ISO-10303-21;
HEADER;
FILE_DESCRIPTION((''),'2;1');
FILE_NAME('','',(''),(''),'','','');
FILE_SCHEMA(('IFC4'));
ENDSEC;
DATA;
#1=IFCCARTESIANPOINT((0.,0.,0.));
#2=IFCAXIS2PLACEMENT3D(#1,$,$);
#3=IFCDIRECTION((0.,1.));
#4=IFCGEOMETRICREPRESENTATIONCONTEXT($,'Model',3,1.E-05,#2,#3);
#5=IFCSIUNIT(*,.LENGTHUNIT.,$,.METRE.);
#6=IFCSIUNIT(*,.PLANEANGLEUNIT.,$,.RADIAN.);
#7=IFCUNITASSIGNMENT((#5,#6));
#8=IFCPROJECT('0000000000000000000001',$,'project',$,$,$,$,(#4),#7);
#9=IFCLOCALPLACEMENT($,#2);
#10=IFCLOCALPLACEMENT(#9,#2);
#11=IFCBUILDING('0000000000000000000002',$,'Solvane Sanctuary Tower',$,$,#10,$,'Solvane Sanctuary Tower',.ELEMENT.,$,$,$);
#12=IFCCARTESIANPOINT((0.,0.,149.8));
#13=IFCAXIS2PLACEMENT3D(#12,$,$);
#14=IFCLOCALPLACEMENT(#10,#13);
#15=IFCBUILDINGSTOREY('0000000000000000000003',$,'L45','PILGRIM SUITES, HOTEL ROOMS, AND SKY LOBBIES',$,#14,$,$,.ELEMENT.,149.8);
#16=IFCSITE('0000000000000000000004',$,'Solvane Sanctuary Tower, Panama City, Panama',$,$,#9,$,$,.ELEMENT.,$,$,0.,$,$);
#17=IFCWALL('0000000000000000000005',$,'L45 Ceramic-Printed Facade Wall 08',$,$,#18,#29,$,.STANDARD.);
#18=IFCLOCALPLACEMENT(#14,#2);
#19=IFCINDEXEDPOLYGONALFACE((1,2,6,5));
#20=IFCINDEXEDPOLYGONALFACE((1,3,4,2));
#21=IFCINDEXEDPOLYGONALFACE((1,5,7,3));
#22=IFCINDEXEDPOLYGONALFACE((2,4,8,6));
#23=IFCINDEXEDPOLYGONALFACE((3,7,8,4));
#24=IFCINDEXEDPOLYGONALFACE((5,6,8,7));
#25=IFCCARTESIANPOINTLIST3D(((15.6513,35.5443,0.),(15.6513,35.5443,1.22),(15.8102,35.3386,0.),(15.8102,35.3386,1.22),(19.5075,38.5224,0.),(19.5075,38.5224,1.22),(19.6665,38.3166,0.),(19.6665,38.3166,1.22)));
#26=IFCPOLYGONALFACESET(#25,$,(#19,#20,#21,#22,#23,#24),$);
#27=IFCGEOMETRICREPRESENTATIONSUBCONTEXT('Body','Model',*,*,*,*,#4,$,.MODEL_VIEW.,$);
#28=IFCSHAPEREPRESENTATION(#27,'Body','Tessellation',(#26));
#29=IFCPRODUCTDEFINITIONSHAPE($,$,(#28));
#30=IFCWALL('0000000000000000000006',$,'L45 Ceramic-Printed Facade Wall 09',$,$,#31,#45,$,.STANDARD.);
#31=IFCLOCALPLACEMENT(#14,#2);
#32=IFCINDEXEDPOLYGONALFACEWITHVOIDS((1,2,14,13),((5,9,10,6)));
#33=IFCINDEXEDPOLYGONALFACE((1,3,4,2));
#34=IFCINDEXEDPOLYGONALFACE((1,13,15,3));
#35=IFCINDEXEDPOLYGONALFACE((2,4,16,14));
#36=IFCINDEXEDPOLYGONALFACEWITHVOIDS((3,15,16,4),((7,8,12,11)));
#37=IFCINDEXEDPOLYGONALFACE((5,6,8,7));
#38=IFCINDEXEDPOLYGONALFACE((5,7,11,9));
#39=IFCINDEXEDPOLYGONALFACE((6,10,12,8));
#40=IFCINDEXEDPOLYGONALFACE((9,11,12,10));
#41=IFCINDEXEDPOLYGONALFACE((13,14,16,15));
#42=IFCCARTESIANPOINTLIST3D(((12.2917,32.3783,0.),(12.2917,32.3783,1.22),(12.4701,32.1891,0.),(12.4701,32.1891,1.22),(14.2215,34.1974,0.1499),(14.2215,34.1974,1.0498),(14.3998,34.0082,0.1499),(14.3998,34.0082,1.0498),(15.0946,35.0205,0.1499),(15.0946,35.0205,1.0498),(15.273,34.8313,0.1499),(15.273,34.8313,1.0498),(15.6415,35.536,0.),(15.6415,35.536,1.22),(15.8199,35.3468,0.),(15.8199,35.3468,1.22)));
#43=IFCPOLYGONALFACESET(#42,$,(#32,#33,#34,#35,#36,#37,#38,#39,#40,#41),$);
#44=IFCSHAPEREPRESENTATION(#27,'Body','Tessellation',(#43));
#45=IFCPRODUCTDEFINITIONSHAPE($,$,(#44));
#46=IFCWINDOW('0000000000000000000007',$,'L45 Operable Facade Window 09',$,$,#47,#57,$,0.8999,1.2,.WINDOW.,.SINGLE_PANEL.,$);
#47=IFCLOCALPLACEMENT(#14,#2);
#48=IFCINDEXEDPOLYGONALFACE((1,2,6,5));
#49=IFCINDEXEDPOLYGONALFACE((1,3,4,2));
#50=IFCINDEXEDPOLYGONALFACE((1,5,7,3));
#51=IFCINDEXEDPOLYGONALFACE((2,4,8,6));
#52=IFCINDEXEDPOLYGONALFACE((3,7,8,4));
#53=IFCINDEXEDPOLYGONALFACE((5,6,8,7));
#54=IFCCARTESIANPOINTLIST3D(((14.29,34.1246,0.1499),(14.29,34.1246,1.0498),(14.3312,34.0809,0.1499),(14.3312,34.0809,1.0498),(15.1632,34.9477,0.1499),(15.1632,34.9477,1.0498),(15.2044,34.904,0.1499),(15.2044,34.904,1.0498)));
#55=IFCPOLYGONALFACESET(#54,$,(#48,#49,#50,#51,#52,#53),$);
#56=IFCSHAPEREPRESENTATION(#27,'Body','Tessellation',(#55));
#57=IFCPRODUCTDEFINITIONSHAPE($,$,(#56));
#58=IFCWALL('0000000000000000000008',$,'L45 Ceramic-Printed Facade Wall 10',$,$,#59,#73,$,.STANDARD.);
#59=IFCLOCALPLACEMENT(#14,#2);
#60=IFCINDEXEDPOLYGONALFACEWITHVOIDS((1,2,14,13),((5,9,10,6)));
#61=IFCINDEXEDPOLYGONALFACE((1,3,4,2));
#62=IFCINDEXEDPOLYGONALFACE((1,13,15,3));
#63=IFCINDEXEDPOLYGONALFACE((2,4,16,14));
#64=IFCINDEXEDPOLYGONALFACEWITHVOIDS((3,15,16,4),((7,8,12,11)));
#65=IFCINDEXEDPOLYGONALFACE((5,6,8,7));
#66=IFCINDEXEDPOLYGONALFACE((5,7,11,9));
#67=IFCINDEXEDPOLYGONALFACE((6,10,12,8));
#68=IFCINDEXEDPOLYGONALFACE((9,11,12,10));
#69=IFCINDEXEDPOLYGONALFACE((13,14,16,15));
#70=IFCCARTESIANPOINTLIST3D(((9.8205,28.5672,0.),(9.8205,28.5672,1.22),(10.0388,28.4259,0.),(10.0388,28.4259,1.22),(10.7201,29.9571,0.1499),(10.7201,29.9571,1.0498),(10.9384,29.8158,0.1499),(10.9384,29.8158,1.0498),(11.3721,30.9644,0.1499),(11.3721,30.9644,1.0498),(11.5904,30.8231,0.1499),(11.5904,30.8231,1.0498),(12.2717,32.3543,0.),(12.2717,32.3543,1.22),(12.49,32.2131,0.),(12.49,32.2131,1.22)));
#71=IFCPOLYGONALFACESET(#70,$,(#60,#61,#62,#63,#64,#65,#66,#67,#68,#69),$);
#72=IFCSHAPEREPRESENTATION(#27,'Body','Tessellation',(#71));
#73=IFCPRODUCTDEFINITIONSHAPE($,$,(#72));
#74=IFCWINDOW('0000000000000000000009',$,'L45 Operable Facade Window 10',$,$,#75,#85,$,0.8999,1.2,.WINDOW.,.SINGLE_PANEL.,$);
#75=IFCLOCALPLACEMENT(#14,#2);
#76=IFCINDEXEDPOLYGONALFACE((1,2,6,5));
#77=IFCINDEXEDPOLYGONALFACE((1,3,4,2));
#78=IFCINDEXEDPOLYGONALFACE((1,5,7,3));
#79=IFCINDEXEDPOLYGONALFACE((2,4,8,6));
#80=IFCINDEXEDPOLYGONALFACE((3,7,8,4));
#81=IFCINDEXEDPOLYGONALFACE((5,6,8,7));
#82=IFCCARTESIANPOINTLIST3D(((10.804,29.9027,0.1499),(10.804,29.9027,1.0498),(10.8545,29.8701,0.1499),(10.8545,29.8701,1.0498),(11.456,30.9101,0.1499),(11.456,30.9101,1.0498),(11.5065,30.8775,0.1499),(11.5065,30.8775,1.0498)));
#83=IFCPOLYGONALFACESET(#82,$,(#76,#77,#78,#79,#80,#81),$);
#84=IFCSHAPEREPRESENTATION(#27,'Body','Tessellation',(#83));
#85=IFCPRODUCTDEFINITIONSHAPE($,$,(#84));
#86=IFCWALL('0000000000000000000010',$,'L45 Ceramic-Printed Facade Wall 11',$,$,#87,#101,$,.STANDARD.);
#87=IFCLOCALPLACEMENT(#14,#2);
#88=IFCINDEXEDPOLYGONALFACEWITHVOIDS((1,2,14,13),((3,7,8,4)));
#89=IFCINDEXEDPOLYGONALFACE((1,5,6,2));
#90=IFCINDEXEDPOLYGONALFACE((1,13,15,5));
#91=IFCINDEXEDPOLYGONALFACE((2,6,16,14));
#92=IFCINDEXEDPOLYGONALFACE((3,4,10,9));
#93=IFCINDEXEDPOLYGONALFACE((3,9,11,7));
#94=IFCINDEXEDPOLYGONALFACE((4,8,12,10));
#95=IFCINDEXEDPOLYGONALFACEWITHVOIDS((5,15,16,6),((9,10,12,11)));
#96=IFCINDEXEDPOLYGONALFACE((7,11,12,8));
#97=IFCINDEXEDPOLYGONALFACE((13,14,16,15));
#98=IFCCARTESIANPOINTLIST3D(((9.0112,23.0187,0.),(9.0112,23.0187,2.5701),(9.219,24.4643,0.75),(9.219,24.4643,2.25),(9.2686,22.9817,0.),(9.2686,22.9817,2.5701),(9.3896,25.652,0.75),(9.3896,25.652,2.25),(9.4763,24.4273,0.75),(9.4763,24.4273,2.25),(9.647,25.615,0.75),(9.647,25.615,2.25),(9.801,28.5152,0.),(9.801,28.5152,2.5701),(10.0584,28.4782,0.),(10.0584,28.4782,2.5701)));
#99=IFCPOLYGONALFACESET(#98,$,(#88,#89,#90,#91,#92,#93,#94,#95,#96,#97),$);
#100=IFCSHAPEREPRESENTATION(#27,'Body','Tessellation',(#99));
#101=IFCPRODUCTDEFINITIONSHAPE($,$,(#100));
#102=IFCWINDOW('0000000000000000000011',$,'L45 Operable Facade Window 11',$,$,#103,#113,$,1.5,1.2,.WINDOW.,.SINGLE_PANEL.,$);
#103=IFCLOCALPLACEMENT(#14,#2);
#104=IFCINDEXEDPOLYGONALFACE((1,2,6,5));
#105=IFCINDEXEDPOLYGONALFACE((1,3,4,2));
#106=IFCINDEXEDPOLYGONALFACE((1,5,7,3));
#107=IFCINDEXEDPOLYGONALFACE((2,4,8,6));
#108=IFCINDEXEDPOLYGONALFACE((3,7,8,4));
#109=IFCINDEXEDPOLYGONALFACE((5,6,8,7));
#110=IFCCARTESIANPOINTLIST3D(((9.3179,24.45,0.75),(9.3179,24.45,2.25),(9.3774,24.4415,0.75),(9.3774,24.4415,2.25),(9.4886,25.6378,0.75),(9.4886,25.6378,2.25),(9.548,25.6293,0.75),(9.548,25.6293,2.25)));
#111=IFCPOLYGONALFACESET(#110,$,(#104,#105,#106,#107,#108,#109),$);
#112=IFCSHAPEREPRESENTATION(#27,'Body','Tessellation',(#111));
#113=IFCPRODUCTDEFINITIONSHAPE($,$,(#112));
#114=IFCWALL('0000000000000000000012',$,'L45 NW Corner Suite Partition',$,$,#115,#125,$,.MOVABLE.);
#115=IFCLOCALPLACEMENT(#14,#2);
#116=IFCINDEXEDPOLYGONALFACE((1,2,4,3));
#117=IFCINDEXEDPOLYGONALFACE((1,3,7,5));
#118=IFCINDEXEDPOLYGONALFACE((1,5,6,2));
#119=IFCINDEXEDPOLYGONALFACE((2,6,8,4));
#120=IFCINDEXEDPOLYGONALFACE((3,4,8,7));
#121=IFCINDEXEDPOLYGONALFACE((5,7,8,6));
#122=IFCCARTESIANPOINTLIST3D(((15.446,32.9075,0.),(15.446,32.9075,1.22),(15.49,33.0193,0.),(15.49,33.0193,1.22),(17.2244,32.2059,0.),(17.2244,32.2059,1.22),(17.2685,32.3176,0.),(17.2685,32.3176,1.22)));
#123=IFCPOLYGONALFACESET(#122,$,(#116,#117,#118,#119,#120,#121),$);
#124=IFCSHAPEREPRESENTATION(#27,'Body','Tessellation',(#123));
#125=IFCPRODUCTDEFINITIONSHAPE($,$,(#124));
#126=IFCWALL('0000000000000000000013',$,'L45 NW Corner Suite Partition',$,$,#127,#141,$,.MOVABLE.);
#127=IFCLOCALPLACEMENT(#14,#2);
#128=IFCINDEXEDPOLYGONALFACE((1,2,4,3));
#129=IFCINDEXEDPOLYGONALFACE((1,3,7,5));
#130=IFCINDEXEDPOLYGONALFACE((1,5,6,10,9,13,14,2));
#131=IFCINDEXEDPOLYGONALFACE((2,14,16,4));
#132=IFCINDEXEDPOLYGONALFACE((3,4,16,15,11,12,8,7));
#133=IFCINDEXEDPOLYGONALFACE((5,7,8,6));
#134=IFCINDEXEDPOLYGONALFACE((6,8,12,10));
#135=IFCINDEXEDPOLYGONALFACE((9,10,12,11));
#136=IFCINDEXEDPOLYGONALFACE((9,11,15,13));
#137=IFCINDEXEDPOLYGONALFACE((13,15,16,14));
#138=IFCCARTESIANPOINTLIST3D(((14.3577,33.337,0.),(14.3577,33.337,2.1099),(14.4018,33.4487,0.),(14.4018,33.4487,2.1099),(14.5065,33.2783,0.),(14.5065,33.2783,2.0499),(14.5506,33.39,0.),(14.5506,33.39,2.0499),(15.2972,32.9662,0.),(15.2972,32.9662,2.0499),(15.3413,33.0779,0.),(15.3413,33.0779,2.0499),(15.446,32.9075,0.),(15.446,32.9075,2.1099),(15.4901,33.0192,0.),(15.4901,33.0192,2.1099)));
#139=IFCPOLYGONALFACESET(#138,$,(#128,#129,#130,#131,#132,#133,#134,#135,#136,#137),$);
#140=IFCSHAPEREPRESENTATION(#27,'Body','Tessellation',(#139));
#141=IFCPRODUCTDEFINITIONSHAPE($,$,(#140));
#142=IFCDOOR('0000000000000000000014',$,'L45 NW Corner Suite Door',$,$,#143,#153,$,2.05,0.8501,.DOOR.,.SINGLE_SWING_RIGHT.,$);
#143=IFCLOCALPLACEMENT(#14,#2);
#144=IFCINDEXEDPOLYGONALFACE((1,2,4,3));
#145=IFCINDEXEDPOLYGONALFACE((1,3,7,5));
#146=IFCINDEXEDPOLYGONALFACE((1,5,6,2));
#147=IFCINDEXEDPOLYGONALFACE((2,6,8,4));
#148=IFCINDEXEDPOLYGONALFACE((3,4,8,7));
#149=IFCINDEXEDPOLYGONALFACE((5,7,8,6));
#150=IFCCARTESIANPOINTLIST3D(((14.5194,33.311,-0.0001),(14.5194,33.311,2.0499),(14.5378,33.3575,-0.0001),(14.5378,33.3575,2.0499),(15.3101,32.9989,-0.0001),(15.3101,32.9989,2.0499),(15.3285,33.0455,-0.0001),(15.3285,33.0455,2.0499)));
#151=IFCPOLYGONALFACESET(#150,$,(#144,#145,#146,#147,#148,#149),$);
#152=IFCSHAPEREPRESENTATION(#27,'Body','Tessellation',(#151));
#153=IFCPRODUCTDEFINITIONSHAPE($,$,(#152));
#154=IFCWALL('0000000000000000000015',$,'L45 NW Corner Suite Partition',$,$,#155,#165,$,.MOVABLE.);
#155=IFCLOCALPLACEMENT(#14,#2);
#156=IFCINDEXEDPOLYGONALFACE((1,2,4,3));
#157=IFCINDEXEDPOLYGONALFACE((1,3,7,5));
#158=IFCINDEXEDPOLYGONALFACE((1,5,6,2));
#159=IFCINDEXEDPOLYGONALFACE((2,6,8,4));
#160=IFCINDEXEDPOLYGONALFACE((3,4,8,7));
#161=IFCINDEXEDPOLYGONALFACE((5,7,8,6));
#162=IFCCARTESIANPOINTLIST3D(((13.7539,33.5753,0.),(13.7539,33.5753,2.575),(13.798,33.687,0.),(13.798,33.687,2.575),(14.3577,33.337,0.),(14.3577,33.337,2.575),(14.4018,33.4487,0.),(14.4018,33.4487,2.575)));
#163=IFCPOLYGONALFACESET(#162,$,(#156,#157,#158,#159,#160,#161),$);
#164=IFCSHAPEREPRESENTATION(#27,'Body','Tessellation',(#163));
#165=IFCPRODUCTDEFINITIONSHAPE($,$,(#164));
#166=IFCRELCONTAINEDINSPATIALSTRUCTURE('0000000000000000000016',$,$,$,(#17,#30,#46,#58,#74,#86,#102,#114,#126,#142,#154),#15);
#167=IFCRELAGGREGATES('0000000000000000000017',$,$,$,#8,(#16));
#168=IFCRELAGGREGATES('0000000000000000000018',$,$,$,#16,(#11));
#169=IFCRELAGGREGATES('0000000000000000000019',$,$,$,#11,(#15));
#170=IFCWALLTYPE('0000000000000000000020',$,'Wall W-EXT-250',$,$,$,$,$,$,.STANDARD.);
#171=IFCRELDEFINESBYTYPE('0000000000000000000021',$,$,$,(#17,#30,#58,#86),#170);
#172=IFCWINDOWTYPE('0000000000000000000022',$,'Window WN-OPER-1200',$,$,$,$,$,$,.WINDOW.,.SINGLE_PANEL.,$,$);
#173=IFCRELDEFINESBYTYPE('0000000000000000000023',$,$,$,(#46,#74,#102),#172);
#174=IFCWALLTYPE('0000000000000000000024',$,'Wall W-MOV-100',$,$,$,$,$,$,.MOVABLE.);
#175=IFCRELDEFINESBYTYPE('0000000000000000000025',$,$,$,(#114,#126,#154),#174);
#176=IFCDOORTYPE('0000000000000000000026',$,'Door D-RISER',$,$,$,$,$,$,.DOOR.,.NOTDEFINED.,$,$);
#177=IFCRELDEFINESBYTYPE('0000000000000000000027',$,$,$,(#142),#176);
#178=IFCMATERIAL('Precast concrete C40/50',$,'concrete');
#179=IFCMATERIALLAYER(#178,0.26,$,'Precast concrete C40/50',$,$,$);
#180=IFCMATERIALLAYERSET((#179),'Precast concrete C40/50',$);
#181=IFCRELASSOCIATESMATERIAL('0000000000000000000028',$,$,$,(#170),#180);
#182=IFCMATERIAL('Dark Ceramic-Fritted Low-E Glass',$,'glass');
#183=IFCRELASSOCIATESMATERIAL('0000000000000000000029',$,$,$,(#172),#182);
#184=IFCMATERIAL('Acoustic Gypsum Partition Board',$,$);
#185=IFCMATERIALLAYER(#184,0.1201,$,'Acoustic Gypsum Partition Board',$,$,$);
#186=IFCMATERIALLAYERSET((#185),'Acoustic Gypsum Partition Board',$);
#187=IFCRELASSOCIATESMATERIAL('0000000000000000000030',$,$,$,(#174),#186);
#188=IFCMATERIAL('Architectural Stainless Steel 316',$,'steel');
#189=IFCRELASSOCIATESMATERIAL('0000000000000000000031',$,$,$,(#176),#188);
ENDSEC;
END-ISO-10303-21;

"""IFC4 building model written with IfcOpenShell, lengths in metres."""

from ifc_helpers import new_model, si_unit, direction, frame, frame_2d, origin, place, context, subcontext, project, spatial, rectangle, extrude, material, layer, layer_set, type_object, element, fill, save


model = new_model("IFC4")

# Units and contexts
model_context = context("Model", 3, precision=1e-05, world=origin(), true_north=direction((0.0, 1.0)))
body_context = subcontext(model_context, "Body", "Model", "MODEL_VIEW")
ifc_project = project(units=[si_unit("LENGTHUNIT", "METRE"), si_unit("PLANEANGLEUNIT", "RADIAN")], contexts=[model_context])

# Site, building, storey
site_placement = place(None, origin())
site = spatial("IfcSite", under=ifc_project, at=site_placement, Name="Solvane Sanctuary Tower, Panama City, Panama", CompositionType="ELEMENT", RefElevation=0.0)
building_placement = place(site_placement, origin())
building = spatial("IfcBuilding", under=site, at=building_placement, Name="Solvane Sanctuary Tower", LongName="Solvane Sanctuary Tower", CompositionType="ELEMENT")
storey_placement = place(building_placement, frame((0.0, 0.0, 149.8)))
storey = spatial("IfcBuildingStorey", under=building, at=storey_placement, Name="L45", Description="PILGRIM SUITES, HOTEL ROOMS, AND SKY LOBBIES", CompositionType="ELEMENT", Elevation=149.8)

# Shared definitions
ifc_material_1 = material(Name="Acoustic Gypsum Partition Board")

# Wall
ifc_material_2 = material(Name="Precast concrete C40/50", Category="concrete")
ifc_layer_1 = layer(ifc_material_2, 0.26, Name="Precast concrete C40/50")
ifc_layer_set_1 = layer_set([ifc_layer_1], Name="Precast concrete C40/50")
wall_type_1 = type_object("IfcWallType", Name="Wall W-EXT-250", PredefinedType="STANDARD", material=ifc_layer_set_1)
wall_1_placement = place(storey_placement, frame((19.5869, 38.4194, 0.0), z_axis=(0.0, 0.0, 1.0), x_axis=(-0.79146, -0.611221, 0.0)))
element("IfcWall", 1, at=wall_1_placement, inside=storey, type_object=wall_type_1, Name="L45 Ceramic-Printed Facade Wall 08", PredefinedType="STANDARD", context=body_context, shape_type="SweptSolid", body=[
    extrude(rectangle(XDim=4.8723, YDim=0.26, at=frame_2d((2.436, 0.0))), origin(), (0.0, 0.0, 1.0), 1.22),
])

# Walls, openings, windows
wall_2_placement = place(storey_placement, frame((15.7307, 35.4414, 0.0), z_axis=(0.0, 0.0, 1.0), x_axis=(-0.727667, -0.68593, 0.0)))
wall_2 = element("IfcWall", 2, at=wall_2_placement, inside=storey, type_object=wall_type_1, Name="L45 Ceramic-Printed Facade Wall 09", PredefinedType="STANDARD", context=body_context, shape_type="SweptSolid", body=[
    extrude(rectangle(XDim=4.6035, YDim=0.26, at=frame_2d((2.3018, 0.0))), origin(), (0.0, 0.0, 1.0), 1.22),
])
opening_1_placement = place(wall_2_placement, frame((0.7515, 0.0, 0.1499)))
opening_1 = element("IfcOpeningElement", 3, at=opening_1_placement, cuts=wall_2, PredefinedType="OPENING", context=body_context, shape_type="SweptSolid", body=[
    extrude(rectangle(XDim=1.2, YDim=0.8999, at=frame_2d((0.6001, 0.45))), frame((0.0, 0.1399, 0.0), z_axis=(0.0, -1.0, 0.0), x_axis=(1.0, 0.0, 0.0)), (0.0, 0.0, 1.0), 0.28),
])
ifc_material_3 = material(Name="Dark Ceramic-Fritted Low-E Glass", Category="glass")
window_type = type_object("IfcWindowType", Name="Window WN-OPER-1200", PartitioningType="SINGLE_PANEL", PredefinedType="WINDOW", material=ifc_material_3)
window_1_placement = place(opening_1_placement, origin())
window_1 = element("IfcWindow", 4, at=window_1_placement, inside=storey, type_object=window_type, Name="L45 Operable Facade Window 09", OverallHeight=0.8999, OverallWidth=1.2, PartitioningType="SINGLE_PANEL", PredefinedType="WINDOW", context=body_context, shape_type="SweptSolid", body=[
    extrude(rectangle(XDim=1.2, YDim=0.8999, at=frame_2d((0.6001, 0.45))), frame((0.0, 0.03, 0.0), z_axis=(0.0, -1.0, 0.0), x_axis=(1.0, 0.0, 0.0)), (0.0, 0.0, 1.0), 0.0601),
])
fill(opening_1, window_1)
wall_3_placement = place(storey_placement, frame((12.3809, 32.2837, 0.0), z_axis=(0.0, 0.0, 1.0), x_axis=(-0.543359, -0.8395, 0.0)))
wall_3 = element("IfcWall", 5, at=wall_3_placement, inside=storey, type_object=wall_type_1, Name="L45 Ceramic-Printed Facade Wall 10", PredefinedType="STANDARD", context=body_context, shape_type="SweptSolid", body=[
    extrude(rectangle(XDim=4.5112, YDim=0.26, at=frame_2d((2.2556, 0.0))), origin(), (0.0, 0.0, 1.0), 1.22),
])
opening_2_placement = place(wall_3_placement, frame((1.6555, 0.0, 0.1499)))
opening_2 = element("IfcOpeningElement", 6, at=opening_2_placement, cuts=wall_3, PredefinedType="OPENING", context=body_context, shape_type="SweptSolid", body=[
    extrude(rectangle(XDim=1.2, YDim=0.8999, at=frame_2d((0.6001, 0.45))), frame((0.0, 0.1399, 0.0), z_axis=(0.0, -1.0, 0.0), x_axis=(1.0, 0.0, 0.0)), (0.0, 0.0, 1.0), 0.28),
])
window_2_placement = place(opening_2_placement, origin())
window_2 = element("IfcWindow", 7, at=window_2_placement, inside=storey, type_object=window_type, Name="L45 Operable Facade Window 10", OverallHeight=0.8999, OverallWidth=1.2, PartitioningType="SINGLE_PANEL", PredefinedType="WINDOW", context=body_context, shape_type="SweptSolid", body=[
    extrude(rectangle(XDim=1.2, YDim=0.8999, at=frame_2d((0.6001, 0.45))), frame((0.0, 0.03, 0.0), z_axis=(0.0, -1.0, 0.0), x_axis=(1.0, 0.0, 0.0)), (0.0, 0.0, 1.0), 0.0601),
])
fill(opening_2, window_2)
wall_4_placement = place(storey_placement, frame((9.9297, 28.4966, 0.0), z_axis=(0.0, 0.0, 1.0), x_axis=(-0.142228, -0.989834, 0.0)))
wall_4 = element("IfcWall", 8, at=wall_4_placement, inside=storey, type_object=wall_type_1, Name="L45 Ceramic-Printed Facade Wall 11", PredefinedType="STANDARD", context=body_context, shape_type="SweptSolid", body=[
    extrude(rectangle(XDim=5.553, YDim=0.26, at=frame_2d((2.7764, 0.0))), origin(), (0.0, 0.0, 1.0), 2.5701),
])
opening_3_placement = place(wall_4_placement, frame((2.8923, 0.0, 0.75)))
opening_3 = element("IfcOpeningElement", 9, at=opening_3_placement, cuts=wall_4, PredefinedType="OPENING", context=body_context, shape_type="SweptSolid", body=[
    extrude(rectangle(XDim=1.2, YDim=1.5, at=frame_2d((0.6001, 0.75))), frame((0.0, 0.1399, 0.0), z_axis=(0.0, -1.0, 0.0), x_axis=(1.0, 0.0, 0.0)), (0.0, 0.0, 1.0), 0.28),
])
window_3_placement = place(opening_3_placement, origin())
window_3 = element("IfcWindow", 10, at=window_3_placement, inside=storey, type_object=window_type, Name="L45 Operable Facade Window 11", OverallHeight=1.5, OverallWidth=1.2, PartitioningType="SINGLE_PANEL", PredefinedType="WINDOW", context=body_context, shape_type="SweptSolid", body=[
    extrude(rectangle(XDim=1.2, YDim=1.5, at=frame_2d((0.6001, 0.75))), frame((0.0, 0.03, 0.0), z_axis=(0.0, -1.0, 0.0), x_axis=(1.0, 0.0, 0.0)), (0.0, 0.0, 1.0), 0.0601),
])
fill(opening_3, window_3)

# Wall
ifc_layer_2 = layer(ifc_material_1, 0.1201, Name="Acoustic Gypsum Partition Board")
ifc_layer_set_2 = layer_set([ifc_layer_2], Name="Acoustic Gypsum Partition Board")
wall_type_2 = type_object("IfcWallType", Name="Wall W-MOV-100", PredefinedType="MOVABLE", material=ifc_layer_set_2)
wall_5_placement = place(storey_placement, frame((17.2466, 32.2617, 0.0), z_axis=(0.0, 0.0, 1.0), x_axis=(-0.930228, 0.366983, 0.0)))
element("IfcWall", 11, at=wall_5_placement, inside=storey, type_object=wall_type_2, Name="L45 NW Corner Suite Partition", PredefinedType="MOVABLE", context=body_context, shape_type="SweptSolid", body=[
    extrude(rectangle(XDim=1.9119, YDim=0.1201, at=frame_2d((0.9561, 0.0))), origin(), (0.0, 0.0, 1.0), 1.22),
])

# Wall, opening, door
wall_6_placement = place(storey_placement, frame((15.468, 32.9634, 0.0), z_axis=(0.0, 0.0, 1.0), x_axis=(-0.93018, 0.367105, 0.0)))
wall_6 = element("IfcWall", 12, at=wall_6_placement, inside=storey, type_object=wall_type_2, Name="L45 NW Corner Suite Partition", PredefinedType="MOVABLE", context=body_context, shape_type="SweptSolid", body=[
    extrude(rectangle(XDim=1.1699, YDim=0.1201, at=frame_2d((0.585, 0.0))), origin(), (0.0, 0.0, 1.0), 2.1099),
])
opening_4_placement = place(wall_6_placement, frame((0.1599, 0.0, 0.0)))
opening_4 = element("IfcOpeningElement", 13, at=opening_4_placement, cuts=wall_6, PredefinedType="OPENING", context=body_context, shape_type="SweptSolid", body=[
    extrude(rectangle(XDim=0.8501, YDim=2.05, at=frame_2d((0.425, 1.0249))), frame((0.0, 0.0701, 0.0), z_axis=(0.0, -1.0, 0.0), x_axis=(1.0, 0.0, 0.0)), (0.0, 0.0, 1.0), 0.1401),
])
ifc_material_4 = material(Name="Architectural Stainless Steel 316", Category="steel")
door_type_1 = type_object("IfcDoorType", Name="Door D-RISER", OperationType="NOTDEFINED", PredefinedType="DOOR", material=ifc_material_4)
door_1_placement = place(opening_4_placement, origin())
door_1 = element("IfcDoor", 14, at=door_1_placement, inside=storey, type_object=door_type_1, Name="L45 NW Corner Suite Door", OperationType="SINGLE_SWING_RIGHT", OverallHeight=2.05, OverallWidth=0.8501, PredefinedType="DOOR", context=body_context, shape_type="SweptSolid", body=[
    extrude(rectangle(XDim=0.8501, YDim=2.05, at=frame_2d((0.425, 1.0249))), frame((0.0, 0.0249, 0.0), z_axis=(0.0, -1.0, 0.0), x_axis=(1.0, 0.0, 0.0)), (0.0, 0.0, 1.0), 0.05),
])
fill(opening_4, door_1)

# Wall
wall_7_placement = place(storey_placement, frame((14.3799, 33.3928, 0.0), z_axis=(0.0, 0.0, 1.0), x_axis=(-0.930179, 0.367107, 0.0)))
element("IfcWall", 15, at=wall_7_placement, inside=storey, type_object=wall_type_2, Name="L45 NW Corner Suite Partition", PredefinedType="MOVABLE", context=body_context, shape_type="SweptSolid", body=[
    extrude(rectangle(XDim=0.6492, YDim=0.1201, at=frame_2d((0.3247, 0.0))), origin(), (0.0, 0.0, 1.0), 2.575),
])

save(model, "model.ifc")
